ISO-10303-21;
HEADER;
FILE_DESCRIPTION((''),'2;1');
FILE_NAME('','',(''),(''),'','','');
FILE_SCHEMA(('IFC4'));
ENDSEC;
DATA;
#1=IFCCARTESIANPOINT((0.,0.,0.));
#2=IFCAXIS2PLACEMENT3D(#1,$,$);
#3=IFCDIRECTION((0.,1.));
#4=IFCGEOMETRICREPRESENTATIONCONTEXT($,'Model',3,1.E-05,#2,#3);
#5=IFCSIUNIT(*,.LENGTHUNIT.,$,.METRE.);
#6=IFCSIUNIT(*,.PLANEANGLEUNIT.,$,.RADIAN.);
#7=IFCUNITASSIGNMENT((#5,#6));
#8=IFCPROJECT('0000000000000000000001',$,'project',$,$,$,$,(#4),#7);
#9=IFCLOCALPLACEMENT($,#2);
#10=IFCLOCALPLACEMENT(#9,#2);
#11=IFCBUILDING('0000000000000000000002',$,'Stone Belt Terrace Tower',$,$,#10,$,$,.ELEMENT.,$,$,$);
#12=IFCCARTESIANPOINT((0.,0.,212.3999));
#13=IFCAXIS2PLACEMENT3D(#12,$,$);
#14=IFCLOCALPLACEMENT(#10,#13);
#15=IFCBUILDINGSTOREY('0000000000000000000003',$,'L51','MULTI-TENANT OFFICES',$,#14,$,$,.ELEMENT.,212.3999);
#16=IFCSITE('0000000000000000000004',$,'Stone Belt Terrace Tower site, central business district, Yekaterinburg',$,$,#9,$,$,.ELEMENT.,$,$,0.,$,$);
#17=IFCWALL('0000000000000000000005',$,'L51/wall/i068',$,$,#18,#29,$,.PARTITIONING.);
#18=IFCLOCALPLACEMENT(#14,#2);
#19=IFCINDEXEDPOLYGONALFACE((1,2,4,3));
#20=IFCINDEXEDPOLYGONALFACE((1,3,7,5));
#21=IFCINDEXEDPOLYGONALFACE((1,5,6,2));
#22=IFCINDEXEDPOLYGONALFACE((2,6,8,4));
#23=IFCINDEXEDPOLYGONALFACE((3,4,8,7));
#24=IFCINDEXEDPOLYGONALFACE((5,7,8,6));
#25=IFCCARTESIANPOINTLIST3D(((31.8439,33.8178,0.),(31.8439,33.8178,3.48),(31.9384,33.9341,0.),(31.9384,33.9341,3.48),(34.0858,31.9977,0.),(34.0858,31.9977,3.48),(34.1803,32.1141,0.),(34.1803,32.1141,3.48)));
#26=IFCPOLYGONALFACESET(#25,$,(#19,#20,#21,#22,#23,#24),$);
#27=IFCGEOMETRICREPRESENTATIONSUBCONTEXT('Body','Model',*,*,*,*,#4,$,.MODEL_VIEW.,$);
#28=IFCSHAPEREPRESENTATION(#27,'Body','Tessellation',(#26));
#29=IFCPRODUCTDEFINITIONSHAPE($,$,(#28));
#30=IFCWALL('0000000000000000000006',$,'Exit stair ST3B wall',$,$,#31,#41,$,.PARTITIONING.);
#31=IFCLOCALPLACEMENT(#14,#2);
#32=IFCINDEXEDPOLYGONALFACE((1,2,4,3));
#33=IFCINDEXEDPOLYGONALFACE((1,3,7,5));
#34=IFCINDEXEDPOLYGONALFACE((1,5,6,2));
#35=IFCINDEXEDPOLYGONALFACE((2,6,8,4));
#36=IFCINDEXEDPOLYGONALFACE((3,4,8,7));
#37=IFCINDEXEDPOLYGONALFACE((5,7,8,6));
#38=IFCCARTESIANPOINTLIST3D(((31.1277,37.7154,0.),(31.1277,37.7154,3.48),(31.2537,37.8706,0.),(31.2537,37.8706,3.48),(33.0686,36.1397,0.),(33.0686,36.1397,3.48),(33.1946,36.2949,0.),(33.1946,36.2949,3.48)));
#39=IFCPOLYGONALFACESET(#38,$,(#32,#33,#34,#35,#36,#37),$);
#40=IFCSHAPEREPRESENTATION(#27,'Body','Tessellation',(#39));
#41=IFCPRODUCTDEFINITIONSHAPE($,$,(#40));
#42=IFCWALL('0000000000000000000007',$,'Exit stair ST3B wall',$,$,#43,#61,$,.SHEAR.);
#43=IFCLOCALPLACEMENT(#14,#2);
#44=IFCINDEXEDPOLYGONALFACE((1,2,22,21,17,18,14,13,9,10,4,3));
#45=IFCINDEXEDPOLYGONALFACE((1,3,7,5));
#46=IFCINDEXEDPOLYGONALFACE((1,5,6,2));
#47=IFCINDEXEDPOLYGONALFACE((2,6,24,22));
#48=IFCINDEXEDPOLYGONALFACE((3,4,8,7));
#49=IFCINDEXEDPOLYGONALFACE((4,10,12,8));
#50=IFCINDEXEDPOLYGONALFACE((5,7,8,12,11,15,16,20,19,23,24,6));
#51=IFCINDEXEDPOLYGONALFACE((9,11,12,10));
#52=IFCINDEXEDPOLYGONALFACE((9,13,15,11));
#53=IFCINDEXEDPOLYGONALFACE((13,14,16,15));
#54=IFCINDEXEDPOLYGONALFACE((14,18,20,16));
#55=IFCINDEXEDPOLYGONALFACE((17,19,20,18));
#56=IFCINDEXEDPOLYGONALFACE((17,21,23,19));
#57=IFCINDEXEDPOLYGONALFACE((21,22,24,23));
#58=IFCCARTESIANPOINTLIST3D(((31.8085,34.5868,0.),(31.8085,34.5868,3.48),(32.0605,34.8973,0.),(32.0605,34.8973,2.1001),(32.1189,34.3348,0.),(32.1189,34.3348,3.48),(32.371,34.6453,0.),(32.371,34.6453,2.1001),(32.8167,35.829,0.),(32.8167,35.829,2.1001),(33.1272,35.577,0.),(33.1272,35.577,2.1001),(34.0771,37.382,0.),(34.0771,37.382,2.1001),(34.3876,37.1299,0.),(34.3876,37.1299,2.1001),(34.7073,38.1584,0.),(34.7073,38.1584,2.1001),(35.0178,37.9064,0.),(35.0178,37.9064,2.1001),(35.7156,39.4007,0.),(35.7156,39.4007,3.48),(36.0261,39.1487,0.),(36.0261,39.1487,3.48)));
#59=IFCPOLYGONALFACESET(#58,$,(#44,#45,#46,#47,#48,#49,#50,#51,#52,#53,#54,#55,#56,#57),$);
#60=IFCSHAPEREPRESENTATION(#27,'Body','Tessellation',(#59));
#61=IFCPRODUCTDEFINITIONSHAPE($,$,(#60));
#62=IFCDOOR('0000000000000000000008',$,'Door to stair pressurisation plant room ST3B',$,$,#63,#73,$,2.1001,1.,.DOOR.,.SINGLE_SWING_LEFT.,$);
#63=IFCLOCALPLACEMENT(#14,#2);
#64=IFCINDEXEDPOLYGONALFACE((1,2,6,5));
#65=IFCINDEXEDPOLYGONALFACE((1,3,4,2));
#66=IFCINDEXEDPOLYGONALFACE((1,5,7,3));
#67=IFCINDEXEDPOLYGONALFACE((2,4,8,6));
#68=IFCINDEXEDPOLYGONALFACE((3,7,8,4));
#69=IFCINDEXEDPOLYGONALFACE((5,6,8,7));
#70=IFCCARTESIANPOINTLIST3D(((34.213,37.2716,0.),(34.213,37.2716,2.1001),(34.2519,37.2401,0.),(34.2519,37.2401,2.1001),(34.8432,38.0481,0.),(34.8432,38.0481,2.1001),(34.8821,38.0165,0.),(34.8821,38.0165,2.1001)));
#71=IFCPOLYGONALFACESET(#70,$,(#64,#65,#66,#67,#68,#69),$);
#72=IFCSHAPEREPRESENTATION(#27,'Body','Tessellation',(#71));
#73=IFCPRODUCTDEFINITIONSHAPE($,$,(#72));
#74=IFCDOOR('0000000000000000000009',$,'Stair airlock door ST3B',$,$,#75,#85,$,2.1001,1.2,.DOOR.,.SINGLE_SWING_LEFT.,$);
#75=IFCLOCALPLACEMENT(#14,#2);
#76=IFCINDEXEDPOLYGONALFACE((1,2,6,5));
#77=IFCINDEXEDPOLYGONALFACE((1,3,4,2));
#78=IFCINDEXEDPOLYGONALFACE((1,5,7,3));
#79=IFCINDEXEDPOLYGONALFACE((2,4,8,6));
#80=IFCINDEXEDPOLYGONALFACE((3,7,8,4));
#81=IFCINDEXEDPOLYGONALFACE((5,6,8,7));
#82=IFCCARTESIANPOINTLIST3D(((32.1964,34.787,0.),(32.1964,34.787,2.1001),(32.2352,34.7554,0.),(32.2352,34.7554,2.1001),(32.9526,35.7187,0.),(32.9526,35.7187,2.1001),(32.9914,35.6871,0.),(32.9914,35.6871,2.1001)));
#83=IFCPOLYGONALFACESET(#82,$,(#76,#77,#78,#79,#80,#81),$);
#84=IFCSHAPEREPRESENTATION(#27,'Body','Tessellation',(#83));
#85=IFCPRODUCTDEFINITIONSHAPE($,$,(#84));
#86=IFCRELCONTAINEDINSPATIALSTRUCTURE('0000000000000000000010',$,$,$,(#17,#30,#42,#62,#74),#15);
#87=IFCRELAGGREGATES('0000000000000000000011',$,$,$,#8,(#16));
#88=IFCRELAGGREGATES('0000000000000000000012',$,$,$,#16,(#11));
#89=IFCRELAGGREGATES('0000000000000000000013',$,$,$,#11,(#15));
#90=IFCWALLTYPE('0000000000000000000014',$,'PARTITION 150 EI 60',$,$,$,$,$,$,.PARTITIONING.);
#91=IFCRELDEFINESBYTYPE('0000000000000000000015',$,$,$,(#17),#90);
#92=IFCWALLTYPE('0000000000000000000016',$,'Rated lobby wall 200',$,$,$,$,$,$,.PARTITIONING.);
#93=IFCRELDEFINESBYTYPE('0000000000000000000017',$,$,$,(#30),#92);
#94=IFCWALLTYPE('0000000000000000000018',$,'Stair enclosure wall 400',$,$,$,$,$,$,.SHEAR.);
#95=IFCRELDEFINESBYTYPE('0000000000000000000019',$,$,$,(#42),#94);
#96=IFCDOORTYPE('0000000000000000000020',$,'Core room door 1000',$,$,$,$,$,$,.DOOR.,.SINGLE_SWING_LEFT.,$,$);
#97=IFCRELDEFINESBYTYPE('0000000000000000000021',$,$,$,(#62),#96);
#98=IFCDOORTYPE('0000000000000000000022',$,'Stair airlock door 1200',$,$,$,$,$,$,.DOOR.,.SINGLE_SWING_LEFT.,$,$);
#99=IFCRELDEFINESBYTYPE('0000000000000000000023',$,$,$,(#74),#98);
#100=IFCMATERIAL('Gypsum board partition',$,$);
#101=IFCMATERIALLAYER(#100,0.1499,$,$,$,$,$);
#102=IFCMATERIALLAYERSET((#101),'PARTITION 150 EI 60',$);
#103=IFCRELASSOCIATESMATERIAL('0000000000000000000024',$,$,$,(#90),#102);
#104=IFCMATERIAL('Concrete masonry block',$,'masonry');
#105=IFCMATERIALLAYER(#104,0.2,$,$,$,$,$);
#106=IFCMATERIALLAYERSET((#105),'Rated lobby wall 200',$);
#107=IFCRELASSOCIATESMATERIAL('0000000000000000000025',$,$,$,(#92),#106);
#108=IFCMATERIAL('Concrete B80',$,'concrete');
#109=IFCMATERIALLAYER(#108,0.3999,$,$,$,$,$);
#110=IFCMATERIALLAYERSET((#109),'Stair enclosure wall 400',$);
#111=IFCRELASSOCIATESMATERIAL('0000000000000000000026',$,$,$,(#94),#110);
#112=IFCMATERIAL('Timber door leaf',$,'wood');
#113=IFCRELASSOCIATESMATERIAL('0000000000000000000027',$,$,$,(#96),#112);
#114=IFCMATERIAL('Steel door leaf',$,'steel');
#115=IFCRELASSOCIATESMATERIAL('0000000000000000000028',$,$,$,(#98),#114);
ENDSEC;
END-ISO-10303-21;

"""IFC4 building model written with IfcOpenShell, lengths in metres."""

from ifc_helpers import new_model, si_unit, direction, frame, frame_2d, origin, place, context, subcontext, project, spatial, rectangle, extrude, material, layer, layer_set, type_object, element, fill, save


model = new_model("IFC4")

# Units and contexts
model_context = context("Model", 3, precision=1e-05, world=origin(), true_north=direction((0.0, 1.0)))
body_context = subcontext(model_context, "Body", "Model", "MODEL_VIEW")
ifc_project = project(units=[si_unit("LENGTHUNIT", "METRE"), si_unit("PLANEANGLEUNIT", "RADIAN")], contexts=[model_context])

# Site, building, storey
site_placement = place(None, origin())
site = spatial("IfcSite", under=ifc_project, at=site_placement, Name="Stone Belt Terrace Tower site, central business district, Yekaterinburg", CompositionType="ELEMENT", RefElevation=0.0)
building_placement = place(site_placement, origin())
building = spatial("IfcBuilding", under=site, at=building_placement, Name="Stone Belt Terrace Tower", CompositionType="ELEMENT")
storey_placement = place(building_placement, frame((0.0, 0.0, 212.3999)))
storey = spatial("IfcBuildingStorey", under=building, at=storey_placement, Name="L51", Description="MULTI-TENANT OFFICES", CompositionType="ELEMENT", Elevation=212.3999)

# Shared definitions
ifc_material_1 = material(Name="Gypsum board partition")
ifc_layer_1 = layer(ifc_material_1, 0.1499)
ifc_layer_set_1 = layer_set([ifc_layer_1], Name="PARTITION 150 EI 60")
wall_type_1 = type_object("IfcWallType", Name="PARTITION 150 EI 60", PredefinedType="PARTITIONING", material=ifc_layer_set_1)

# Walls
wall_1_placement = place(storey_placement, frame((34.1331, 32.0559, 0.0), z_axis=(0.0, 0.0, 1.0), x_axis=(-0.77637, 0.630277, 0.0)))
element("IfcWall", 1, at=wall_1_placement, inside=storey, type_object=wall_type_1, Name="L51/wall/i068", PredefinedType="PARTITIONING", context=body_context, shape_type="SweptSolid", body=[
    extrude(rectangle(XDim=2.8877, YDim=0.1499, at=frame_2d((1.4438, 0.0))), origin(), (0.0, 0.0, 1.0), 3.48),
])
ifc_material_2 = material(Name="Concrete masonry block", Category="masonry")
ifc_layer_2 = layer(ifc_material_2, 0.2)
ifc_layer_set_2 = layer_set([ifc_layer_2], Name="Rated lobby wall 200")
wall_type_2 = type_object("IfcWallType", Name="Rated lobby wall 200", PredefinedType="PARTITIONING", material=ifc_layer_set_2)
wall_2_placement = place(storey_placement, frame((31.1907, 37.793, 0.0), z_axis=(0.0, 0.0, 1.0), x_axis=(0.776371, -0.630276, 0.0)))
element("IfcWall", 2, at=wall_2_placement, inside=storey, type_object=wall_type_2, Name="Exit stair ST3B wall", PredefinedType="PARTITIONING", context=body_context, shape_type="SweptSolid", body=[
    extrude(rectangle(XDim=2.5, YDim=0.2, at=frame_2d((1.25, 0.0))), origin(), (0.0, 0.0, 1.0), 3.48),
])

# Wall, openings, doors
ifc_material_3 = material(Name="Concrete B80", Category="concrete")
ifc_layer_3 = layer(ifc_material_3, 0.3999)
ifc_layer_set_3 = layer_set([ifc_layer_3], Name="Stair enclosure wall 400")
wall_type_3 = type_object("IfcWallType", Name="Stair enclosure wall 400", PredefinedType="SHEAR", material=ifc_layer_set_3)
wall_3_placement = place(storey_placement, frame((31.9636, 34.4607, 0.0), z_axis=(0.0, 0.0, 1.0), x_axis=(0.630192, 0.776439, 0.0)))
wall_3 = element("IfcWall", 3, at=wall_3_placement, inside=storey, type_object=wall_type_3, Name="Exit stair ST3B wall", PredefinedType="SHEAR", context=body_context, shape_type="SweptSolid", body=[
    extrude(rectangle(XDim=6.2, YDim=0.3999, at=frame_2d((3.1001, 0.0))), origin(), (0.0, 0.0, 1.0), 3.48),
])
opening_1_placement = place(wall_3_placement, frame((0.3999, 0.0, 0.0)))
opening_1 = element("IfcOpeningElement", 4, at=opening_1_placement, cuts=wall_3, PredefinedType="OPENING", context=body_context, shape_type="SweptSolid", body=[
    extrude(rectangle(XDim=1.2, YDim=2.1001, at=frame_2d((0.6001, 1.05))), frame((0.0, 0.21, 0.0), z_axis=(0.0, -1.0, 0.0), x_axis=(1.0, 0.0, 0.0)), (0.0, 0.0, 1.0), 0.4199),
])
opening_2_placement = place(wall_3_placement, frame((3.6001, 0.0, 0.0)))
opening_2 = element("IfcOpeningElement", 5, at=opening_2_placement, cuts=wall_3, PredefinedType="OPENING", context=body_context, shape_type="SweptSolid", body=[
    extrude(rectangle(XDim=1.0, YDim=2.1001, at=frame_2d((0.5, 1.05))), frame((0.0, 0.21, 0.0), z_axis=(0.0, -1.0, 0.0), x_axis=(1.0, 0.0, 0.0)), (0.0, 0.0, 1.0), 0.4199),
])
ifc_material_4 = material(Name="Timber door leaf", Category="wood")
door_type_1 = type_object("IfcDoorType", Name="Core room door 1000", OperationType="SINGLE_SWING_LEFT", PredefinedType="DOOR", material=ifc_material_4)
door_1_placement = place(opening_2_placement, origin())
door_1 = element("IfcDoor", 6, at=door_1_placement, inside=storey, type_object=door_type_1, Name="Door to stair pressurisation plant room ST3B", OperationType="SINGLE_SWING_LEFT", OverallHeight=2.1001, OverallWidth=1.0, PredefinedType="DOOR", context=body_context, shape_type="SweptSolid", body=[
    extrude(rectangle(XDim=1.0, YDim=2.1001, at=frame_2d((0.5, 1.05))), frame((0.0, 0.0249, 0.0), z_axis=(0.0, -1.0, 0.0), x_axis=(1.0, 0.0, 0.0)), (0.0, 0.0, 1.0), 0.05),
])
fill(opening_2, door_1)
ifc_material_5 = material(Name="Steel door leaf", Category="steel")
door_type_2 = type_object("IfcDoorType", Name="Stair airlock door 1200", OperationType="SINGLE_SWING_LEFT", PredefinedType="DOOR", material=ifc_material_5)
door_2_placement = place(opening_1_placement, origin())
door_2 = element("IfcDoor", 7, at=door_2_placement, inside=storey, type_object=door_type_2, Name="Stair airlock door ST3B", OperationType="SINGLE_SWING_LEFT", OverallHeight=2.1001, OverallWidth=1.2, PredefinedType="DOOR", context=body_context, shape_type="SweptSolid", body=[
    extrude(rectangle(XDim=1.2, YDim=2.1001, at=frame_2d((0.6001, 1.05))), frame((0.0, 0.0249, 0.0), z_axis=(0.0, -1.0, 0.0), x_axis=(1.0, 0.0, 0.0)), (0.0, 0.0, 1.0), 0.05),
])
fill(opening_1, door_2)

save(model, "model.ifc")
